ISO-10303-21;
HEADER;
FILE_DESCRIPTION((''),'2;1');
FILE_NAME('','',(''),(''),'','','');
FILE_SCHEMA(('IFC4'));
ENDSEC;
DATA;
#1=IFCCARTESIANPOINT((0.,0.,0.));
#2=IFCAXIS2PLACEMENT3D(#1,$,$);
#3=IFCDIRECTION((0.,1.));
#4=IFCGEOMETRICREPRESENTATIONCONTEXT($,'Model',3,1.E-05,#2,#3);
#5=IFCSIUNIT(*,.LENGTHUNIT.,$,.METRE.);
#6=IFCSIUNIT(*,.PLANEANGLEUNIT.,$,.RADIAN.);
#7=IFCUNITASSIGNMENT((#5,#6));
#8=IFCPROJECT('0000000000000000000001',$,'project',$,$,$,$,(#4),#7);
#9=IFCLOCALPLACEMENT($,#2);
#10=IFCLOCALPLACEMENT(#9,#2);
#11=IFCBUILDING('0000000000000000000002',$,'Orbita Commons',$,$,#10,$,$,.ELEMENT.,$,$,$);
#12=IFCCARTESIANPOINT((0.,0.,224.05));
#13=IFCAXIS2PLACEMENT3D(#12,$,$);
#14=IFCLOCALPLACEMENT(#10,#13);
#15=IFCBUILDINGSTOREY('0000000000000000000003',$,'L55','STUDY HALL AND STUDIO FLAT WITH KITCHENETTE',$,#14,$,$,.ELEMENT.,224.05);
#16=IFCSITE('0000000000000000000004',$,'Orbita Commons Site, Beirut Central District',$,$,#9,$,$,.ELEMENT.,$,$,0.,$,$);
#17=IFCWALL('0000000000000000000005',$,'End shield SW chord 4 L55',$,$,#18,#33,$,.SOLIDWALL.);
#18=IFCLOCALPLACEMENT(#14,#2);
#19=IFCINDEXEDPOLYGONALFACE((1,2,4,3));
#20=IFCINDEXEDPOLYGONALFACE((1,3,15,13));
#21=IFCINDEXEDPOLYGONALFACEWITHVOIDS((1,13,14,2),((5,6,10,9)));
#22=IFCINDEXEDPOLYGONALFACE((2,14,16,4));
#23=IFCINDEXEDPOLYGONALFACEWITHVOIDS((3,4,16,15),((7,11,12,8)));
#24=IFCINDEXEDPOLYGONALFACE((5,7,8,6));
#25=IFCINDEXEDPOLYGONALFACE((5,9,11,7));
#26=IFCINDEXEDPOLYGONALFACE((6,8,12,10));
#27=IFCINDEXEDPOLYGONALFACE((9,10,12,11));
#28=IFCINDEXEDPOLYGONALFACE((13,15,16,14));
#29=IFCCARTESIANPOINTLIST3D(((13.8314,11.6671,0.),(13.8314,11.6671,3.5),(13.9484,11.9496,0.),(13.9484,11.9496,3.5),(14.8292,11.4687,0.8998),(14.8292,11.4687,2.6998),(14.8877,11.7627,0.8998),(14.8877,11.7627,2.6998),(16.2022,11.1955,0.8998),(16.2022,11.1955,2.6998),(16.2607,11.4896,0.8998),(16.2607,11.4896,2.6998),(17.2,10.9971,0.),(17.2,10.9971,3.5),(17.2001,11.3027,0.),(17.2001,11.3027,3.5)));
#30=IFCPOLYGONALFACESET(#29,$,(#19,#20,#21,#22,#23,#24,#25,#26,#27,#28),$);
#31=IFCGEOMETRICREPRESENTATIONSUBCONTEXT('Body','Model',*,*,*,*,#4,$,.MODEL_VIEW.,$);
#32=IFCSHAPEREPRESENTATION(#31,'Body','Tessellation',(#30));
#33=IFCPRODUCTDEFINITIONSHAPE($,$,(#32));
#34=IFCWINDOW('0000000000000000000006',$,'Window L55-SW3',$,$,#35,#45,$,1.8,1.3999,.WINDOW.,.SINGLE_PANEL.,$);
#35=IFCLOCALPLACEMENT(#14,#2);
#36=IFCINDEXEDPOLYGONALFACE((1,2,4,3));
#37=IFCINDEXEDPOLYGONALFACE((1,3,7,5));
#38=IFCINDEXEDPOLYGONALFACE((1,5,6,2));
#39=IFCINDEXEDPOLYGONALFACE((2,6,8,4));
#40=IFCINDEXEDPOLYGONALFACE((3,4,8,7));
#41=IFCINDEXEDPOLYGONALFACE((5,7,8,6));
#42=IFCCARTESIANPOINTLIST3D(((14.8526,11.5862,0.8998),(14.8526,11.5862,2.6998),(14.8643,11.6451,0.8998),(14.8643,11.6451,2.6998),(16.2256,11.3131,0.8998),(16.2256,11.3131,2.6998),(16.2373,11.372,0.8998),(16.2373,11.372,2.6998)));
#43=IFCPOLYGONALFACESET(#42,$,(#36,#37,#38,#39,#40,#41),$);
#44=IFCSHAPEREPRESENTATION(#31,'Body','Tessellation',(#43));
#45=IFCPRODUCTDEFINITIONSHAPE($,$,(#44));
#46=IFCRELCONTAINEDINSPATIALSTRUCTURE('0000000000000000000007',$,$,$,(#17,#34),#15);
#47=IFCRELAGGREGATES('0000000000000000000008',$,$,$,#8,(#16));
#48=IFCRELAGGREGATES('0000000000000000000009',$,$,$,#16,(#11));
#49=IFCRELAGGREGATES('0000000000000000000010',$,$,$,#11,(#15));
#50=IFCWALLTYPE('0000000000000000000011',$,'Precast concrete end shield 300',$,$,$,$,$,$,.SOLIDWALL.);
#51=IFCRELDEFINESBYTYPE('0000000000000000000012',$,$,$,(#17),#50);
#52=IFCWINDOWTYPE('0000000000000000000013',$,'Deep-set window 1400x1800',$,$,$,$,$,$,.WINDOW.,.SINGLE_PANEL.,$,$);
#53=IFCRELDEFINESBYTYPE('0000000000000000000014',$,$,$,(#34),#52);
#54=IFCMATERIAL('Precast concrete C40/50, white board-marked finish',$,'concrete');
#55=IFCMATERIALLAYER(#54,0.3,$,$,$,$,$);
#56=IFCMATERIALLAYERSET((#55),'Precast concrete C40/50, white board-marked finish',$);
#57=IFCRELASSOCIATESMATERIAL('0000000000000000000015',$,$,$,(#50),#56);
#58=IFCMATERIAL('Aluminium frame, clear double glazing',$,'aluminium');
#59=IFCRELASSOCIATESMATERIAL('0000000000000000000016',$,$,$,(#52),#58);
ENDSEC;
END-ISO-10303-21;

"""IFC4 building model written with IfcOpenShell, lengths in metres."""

from ifc_helpers import new_model, si_unit, direction, frame, frame_2d, origin, place, context, subcontext, project, spatial, polyline, rectangle, outline, extrude, material, layer, layer_set, type_object, element, fill, save


model = new_model("IFC4")

# Units and contexts
model_context = context("Model", 3, precision=1e-05, world=origin(), true_north=direction((0.0, 1.0)))
body_context = subcontext(model_context, "Body", "Model", "MODEL_VIEW")
ifc_project = project(units=[si_unit("LENGTHUNIT", "METRE"), si_unit("PLANEANGLEUNIT", "RADIAN")], contexts=[model_context])

# Site, building, storey
site_placement = place(None, origin())
site = spatial("IfcSite", under=ifc_project, at=site_placement, Name="Orbita Commons Site, Beirut Central District", CompositionType="ELEMENT", RefElevation=0.0)
building_placement = place(site_placement, origin())
building = spatial("IfcBuilding", under=site, at=building_placement, Name="Orbita Commons", CompositionType="ELEMENT")
storey_placement = place(building_placement, frame((0.0, 0.0, 224.05)))
storey = spatial("IfcBuildingStorey", under=building, at=storey_placement, Name="L55", Description="STUDY HALL AND STUDIO FLAT WITH KITCHENETTE", CompositionType="ELEMENT", Elevation=224.05)

# Wall, opening, window
ifc_material_1 = material(Name="Precast concrete C40/50, white board-marked finish", Category="concrete")
ifc_layer_1 = layer(ifc_material_1, 0.3)
ifc_layer_set_1 = layer_set([ifc_layer_1], Name="Precast concrete C40/50, white board-marked finish")
wall_type_1 = type_object("IfcWallType", Name="Precast concrete end shield 300", PredefinedType="SOLIDWALL", material=ifc_layer_set_1)
ifc_material_2 = material(Name="Aluminium frame, clear double glazing", Category="aluminium")
window_type = type_object("IfcWindowType", Name="Deep-set window 1400x1800", PartitioningType="SINGLE_PANEL", PredefinedType="WINDOW", material=ifc_material_2)
wall_1_placement = place(storey_placement, frame((13.8899, 11.8083, 0.0), z_axis=(0.0, 0.0, 1.0), x_axis=(0.980783, -0.1951, 0.0)))
wall_1 = element("IfcWall", 1, at=wall_1_placement, inside=storey, type_object=wall_type_1, Name="End shield SW chord 4 L55", PredefinedType="SOLIDWALL", context=body_context, shape_type="SweptSolid", body=[
    extrude(outline(polyline([(-0.0298, -0.1499), (3.4048, -0.1499), (3.3452, 0.1499), (0.0298, 0.1499), (-0.0298, -0.1499)])), origin(), (0.0, 0.0, 1.0), 3.5),
])
opening_1_placement = place(wall_1_placement, frame((0.9875, 0.0, 0.8999)))
opening_1 = element("IfcOpeningElement", 2, at=opening_1_placement, cuts=wall_1, PredefinedType="OPENING", context=body_context, shape_type="SweptSolid", body=[
    extrude(rectangle(XDim=1.3999, YDim=1.8, at=frame_2d((0.7, 0.8999))), frame((0.0, 0.1599, 0.0), z_axis=(0.0, -1.0, 0.0), x_axis=(1.0, 0.0, 0.0)), (0.0, 0.0, 1.0), 0.3201),
])
window_1_placement = place(opening_1_placement, origin())
window_1 = element("IfcWindow", 3, at=window_1_placement, inside=storey, type_object=window_type, Name="Window L55-SW3", OverallHeight=1.8, OverallWidth=1.3999, PartitioningType="SINGLE_PANEL", PredefinedType="WINDOW", context=body_context, shape_type="SweptSolid", body=[
    extrude(rectangle(XDim=1.3999, YDim=1.8, at=frame_2d((0.7, 0.8999))), frame((0.0, 0.03, 0.0), z_axis=(0.0, -1.0, 0.0), x_axis=(1.0, 0.0, 0.0)), (0.0, 0.0, 1.0), 0.0601),
])
fill(opening_1, window_1)

save(model, "model.ifc")
